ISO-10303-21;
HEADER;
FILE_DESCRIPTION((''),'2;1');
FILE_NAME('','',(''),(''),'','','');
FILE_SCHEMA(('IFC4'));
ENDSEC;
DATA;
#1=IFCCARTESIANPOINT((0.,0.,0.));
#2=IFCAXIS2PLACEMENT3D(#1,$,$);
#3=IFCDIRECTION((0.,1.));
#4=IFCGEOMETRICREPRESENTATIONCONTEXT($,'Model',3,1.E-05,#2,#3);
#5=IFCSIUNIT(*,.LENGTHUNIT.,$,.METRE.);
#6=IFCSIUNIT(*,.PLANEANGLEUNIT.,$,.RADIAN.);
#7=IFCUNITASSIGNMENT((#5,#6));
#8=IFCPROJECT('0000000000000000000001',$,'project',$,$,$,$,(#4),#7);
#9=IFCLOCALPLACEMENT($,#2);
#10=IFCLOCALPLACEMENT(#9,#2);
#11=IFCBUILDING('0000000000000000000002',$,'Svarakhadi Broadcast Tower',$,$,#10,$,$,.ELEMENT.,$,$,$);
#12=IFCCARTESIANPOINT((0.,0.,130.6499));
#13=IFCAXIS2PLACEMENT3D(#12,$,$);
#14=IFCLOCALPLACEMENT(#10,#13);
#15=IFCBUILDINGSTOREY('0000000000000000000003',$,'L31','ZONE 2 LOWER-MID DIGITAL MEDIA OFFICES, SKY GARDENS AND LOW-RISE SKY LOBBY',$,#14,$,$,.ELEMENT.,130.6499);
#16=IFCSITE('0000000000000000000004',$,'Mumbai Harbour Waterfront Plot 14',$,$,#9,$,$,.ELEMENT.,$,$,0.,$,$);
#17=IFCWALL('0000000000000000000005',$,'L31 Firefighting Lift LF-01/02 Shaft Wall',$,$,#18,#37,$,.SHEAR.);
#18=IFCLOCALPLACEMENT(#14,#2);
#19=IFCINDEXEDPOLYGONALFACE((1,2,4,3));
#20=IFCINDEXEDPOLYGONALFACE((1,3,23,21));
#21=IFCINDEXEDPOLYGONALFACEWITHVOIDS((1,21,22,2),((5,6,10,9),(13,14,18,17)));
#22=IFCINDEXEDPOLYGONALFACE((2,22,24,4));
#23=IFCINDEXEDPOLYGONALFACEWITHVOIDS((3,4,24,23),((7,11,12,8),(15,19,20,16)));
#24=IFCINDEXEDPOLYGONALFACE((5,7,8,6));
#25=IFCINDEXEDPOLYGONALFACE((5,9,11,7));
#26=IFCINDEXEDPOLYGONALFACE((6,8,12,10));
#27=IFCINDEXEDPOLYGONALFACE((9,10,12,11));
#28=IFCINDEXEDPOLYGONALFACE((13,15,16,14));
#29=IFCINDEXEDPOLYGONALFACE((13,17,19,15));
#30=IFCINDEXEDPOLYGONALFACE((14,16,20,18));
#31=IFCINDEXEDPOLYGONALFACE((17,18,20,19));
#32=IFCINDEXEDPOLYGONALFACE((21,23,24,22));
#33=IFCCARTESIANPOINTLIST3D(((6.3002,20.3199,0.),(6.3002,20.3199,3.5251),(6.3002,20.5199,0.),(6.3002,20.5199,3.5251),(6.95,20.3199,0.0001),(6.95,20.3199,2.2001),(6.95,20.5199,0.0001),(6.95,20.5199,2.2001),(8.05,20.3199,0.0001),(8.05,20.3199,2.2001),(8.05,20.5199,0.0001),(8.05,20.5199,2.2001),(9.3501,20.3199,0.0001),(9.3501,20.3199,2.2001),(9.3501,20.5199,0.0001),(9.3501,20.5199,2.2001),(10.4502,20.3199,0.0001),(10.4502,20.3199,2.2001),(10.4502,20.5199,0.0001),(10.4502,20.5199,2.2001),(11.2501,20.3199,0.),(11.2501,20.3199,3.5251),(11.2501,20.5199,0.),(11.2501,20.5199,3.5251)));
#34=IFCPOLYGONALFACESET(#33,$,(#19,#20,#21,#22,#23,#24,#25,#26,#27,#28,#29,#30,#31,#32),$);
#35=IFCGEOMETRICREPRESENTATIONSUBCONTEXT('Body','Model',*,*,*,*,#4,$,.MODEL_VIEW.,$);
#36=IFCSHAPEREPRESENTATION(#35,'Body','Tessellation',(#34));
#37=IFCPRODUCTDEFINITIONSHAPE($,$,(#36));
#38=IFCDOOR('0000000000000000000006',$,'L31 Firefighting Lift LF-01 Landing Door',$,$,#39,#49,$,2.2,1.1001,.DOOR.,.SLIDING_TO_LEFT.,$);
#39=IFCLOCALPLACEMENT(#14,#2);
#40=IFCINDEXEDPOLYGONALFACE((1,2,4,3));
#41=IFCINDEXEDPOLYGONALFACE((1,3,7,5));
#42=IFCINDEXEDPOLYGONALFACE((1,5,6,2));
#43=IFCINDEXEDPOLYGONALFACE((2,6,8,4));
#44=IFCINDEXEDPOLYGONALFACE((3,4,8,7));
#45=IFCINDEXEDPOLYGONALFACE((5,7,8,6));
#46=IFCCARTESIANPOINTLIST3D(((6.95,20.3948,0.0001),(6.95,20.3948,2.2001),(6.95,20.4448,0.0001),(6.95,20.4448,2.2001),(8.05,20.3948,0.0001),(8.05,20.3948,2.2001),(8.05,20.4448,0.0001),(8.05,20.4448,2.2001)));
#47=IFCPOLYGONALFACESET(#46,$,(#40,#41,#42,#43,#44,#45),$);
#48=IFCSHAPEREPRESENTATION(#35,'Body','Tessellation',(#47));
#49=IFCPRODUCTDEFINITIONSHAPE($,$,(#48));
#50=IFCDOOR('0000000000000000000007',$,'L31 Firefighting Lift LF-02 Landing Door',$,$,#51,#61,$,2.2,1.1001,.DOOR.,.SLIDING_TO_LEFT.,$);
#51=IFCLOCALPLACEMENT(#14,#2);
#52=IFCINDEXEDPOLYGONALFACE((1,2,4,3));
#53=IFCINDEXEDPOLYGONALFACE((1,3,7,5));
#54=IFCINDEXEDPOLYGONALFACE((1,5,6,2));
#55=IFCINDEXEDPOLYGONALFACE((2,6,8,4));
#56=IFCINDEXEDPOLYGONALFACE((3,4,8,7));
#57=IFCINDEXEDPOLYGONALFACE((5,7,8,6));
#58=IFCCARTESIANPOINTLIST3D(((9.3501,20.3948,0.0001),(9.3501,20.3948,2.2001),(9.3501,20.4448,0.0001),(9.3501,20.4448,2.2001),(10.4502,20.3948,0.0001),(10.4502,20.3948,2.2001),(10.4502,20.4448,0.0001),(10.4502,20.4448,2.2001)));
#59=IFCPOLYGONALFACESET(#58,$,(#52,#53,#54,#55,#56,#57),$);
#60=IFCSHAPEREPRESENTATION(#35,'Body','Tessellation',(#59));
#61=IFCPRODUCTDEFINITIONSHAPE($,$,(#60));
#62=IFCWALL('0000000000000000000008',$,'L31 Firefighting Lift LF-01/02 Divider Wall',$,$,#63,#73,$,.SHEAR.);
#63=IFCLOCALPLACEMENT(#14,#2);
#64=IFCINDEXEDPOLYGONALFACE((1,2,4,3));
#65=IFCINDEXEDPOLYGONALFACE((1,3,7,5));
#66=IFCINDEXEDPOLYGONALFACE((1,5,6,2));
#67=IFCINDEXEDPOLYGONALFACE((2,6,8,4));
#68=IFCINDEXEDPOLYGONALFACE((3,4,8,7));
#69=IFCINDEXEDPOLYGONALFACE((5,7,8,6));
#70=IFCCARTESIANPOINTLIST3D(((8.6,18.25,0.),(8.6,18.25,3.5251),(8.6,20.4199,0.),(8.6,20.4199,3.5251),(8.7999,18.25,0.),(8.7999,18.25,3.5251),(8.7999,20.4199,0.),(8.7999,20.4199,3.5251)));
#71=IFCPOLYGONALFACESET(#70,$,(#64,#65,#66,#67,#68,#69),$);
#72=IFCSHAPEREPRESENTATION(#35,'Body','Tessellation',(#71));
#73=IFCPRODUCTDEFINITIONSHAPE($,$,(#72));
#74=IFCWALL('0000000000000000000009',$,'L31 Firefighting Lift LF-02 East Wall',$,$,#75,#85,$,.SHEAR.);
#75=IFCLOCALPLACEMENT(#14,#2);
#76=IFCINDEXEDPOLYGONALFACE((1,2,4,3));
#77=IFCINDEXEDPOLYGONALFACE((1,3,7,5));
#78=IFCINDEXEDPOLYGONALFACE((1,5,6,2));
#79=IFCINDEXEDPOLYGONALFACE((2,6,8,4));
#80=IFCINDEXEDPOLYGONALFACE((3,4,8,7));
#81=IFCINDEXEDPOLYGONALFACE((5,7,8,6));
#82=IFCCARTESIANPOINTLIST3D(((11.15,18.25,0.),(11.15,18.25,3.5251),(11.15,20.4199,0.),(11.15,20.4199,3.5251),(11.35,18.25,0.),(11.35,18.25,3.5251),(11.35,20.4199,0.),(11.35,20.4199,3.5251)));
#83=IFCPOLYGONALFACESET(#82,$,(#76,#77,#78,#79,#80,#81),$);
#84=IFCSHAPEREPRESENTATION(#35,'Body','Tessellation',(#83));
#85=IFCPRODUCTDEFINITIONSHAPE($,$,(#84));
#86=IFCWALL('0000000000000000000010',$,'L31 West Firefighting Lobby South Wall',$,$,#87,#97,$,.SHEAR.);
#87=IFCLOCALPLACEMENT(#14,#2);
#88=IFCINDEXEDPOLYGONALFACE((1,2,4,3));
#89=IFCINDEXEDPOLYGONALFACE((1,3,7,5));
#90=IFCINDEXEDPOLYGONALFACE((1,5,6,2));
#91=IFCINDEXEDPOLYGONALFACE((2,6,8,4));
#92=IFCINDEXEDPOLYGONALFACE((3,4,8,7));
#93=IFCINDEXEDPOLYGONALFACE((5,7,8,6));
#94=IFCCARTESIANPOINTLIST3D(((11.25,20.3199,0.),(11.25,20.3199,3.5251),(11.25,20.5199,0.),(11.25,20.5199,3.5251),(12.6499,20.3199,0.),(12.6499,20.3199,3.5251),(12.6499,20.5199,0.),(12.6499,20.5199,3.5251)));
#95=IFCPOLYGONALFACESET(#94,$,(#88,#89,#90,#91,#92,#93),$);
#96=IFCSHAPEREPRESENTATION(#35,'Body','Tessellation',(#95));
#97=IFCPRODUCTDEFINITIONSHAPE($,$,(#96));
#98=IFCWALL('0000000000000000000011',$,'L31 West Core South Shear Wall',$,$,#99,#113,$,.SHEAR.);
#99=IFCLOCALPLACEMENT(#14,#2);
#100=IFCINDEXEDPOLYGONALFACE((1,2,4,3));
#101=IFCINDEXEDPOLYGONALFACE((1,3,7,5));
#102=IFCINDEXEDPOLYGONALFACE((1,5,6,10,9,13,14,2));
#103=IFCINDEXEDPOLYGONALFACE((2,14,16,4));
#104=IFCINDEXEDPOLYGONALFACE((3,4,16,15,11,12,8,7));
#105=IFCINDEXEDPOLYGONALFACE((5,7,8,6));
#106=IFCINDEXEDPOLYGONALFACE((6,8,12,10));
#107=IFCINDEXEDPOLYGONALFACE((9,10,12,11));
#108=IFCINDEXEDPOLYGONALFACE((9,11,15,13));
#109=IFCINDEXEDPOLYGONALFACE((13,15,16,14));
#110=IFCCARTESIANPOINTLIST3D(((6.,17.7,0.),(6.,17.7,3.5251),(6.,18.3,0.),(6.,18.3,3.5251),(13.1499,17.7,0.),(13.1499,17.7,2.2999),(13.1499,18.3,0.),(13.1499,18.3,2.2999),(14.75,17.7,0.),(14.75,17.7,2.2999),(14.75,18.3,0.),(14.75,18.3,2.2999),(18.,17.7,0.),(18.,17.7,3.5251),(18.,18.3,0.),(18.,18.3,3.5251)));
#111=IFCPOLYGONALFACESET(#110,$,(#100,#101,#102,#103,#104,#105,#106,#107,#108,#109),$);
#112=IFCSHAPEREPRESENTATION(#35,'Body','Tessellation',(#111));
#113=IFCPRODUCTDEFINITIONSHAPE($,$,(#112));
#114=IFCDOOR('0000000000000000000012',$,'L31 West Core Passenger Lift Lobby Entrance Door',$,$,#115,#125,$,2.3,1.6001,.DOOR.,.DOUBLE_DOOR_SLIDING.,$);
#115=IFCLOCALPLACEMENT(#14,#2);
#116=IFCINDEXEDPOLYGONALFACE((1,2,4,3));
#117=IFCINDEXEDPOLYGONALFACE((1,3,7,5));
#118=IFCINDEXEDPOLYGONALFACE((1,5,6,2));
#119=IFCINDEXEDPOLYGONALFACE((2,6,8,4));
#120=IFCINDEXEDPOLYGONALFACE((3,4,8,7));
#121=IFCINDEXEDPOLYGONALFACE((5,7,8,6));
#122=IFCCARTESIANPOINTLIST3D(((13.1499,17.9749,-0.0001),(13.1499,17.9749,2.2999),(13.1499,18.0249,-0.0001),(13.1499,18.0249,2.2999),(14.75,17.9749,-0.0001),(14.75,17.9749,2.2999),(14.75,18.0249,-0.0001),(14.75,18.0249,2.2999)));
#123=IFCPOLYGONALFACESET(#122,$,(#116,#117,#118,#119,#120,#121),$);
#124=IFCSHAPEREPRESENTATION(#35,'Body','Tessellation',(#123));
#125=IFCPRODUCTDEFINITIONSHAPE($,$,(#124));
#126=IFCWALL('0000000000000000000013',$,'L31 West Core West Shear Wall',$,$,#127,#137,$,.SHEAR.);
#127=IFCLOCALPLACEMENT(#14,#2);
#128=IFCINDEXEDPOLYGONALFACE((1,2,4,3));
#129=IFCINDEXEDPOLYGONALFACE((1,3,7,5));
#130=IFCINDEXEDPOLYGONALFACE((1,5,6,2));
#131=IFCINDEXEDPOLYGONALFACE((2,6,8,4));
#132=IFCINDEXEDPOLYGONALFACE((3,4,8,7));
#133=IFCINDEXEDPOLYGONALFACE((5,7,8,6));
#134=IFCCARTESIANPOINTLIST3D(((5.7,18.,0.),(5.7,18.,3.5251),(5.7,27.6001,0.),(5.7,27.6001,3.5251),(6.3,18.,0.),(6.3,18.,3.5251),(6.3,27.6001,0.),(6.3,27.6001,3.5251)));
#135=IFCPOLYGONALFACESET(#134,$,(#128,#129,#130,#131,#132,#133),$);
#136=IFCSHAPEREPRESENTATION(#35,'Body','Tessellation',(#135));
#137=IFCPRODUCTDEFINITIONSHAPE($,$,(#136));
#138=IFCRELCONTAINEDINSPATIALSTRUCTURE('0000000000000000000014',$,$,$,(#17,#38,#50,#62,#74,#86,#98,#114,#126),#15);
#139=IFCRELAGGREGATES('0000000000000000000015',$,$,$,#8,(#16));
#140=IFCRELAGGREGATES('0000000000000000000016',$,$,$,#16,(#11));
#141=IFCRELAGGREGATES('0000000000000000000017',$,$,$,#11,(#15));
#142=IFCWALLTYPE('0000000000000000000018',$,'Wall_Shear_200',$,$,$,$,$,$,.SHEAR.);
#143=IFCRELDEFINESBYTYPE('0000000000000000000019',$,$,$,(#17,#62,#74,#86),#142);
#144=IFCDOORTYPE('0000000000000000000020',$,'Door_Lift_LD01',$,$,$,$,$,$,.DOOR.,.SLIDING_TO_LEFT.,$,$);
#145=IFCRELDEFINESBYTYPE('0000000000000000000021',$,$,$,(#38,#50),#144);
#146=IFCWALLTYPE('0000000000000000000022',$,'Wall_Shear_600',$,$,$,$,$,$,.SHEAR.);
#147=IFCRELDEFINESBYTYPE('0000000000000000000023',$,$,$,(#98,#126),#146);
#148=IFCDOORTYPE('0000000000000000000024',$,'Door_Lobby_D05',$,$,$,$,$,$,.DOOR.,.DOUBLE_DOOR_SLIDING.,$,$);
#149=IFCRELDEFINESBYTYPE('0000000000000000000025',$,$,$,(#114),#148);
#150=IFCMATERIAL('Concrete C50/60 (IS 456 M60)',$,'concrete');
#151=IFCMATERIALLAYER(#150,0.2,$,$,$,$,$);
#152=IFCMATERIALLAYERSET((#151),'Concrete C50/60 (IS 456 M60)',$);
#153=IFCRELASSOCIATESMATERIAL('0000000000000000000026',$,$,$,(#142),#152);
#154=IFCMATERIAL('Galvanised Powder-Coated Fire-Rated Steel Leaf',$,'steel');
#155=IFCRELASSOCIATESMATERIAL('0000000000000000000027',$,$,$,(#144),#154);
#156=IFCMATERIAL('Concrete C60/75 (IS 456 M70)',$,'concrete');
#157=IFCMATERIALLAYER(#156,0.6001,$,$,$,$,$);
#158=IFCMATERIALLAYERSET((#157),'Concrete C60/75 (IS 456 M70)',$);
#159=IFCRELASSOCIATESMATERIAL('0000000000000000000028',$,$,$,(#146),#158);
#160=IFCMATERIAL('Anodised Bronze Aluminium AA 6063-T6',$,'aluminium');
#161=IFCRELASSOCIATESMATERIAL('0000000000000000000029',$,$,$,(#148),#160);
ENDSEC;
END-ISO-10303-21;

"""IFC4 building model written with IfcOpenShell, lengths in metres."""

from ifc_helpers import new_model, si_unit, direction, frame, frame_2d, origin, place, context, subcontext, project, spatial, rectangle, extrude, material, layer, layer_set, type_object, element, fill, save


model = new_model("IFC4")

# Units and contexts
model_context = context("Model", 3, precision=1e-05, world=origin(), true_north=direction((0.0, 1.0)))
body_context = subcontext(model_context, "Body", "Model", "MODEL_VIEW")
ifc_project = project(units=[si_unit("LENGTHUNIT", "METRE"), si_unit("PLANEANGLEUNIT", "RADIAN")], contexts=[model_context])

# Site, building, storey
site_placement = place(None, origin())
site = spatial("IfcSite", under=ifc_project, at=site_placement, Name="Mumbai Harbour Waterfront Plot 14", CompositionType="ELEMENT", RefElevation=0.0)
building_placement = place(site_placement, origin())
building = spatial("IfcBuilding", under=site, at=building_placement, Name="Svarakhadi Broadcast Tower", CompositionType="ELEMENT")
storey_placement = place(building_placement, frame((0.0, 0.0, 130.6499)))
storey = spatial("IfcBuildingStorey", under=building, at=storey_placement, Name="L31", Description="ZONE 2 LOWER-MID DIGITAL MEDIA OFFICES, SKY GARDENS AND LOW-RISE SKY LOBBY", CompositionType="ELEMENT", Elevation=130.6499)

# Shared definitions
ifc_material_1 = material(Name="Concrete C50/60 (IS 456 M60)", Category="concrete")

# Wall, openings, doors
ifc_layer_1 = layer(ifc_material_1, 0.2)
ifc_layer_set_1 = layer_set([ifc_layer_1], Name="Concrete C50/60 (IS 456 M60)")
wall_type_1 = type_object("IfcWallType", Name="Wall_Shear_200", PredefinedType="SHEAR", material=ifc_layer_set_1)
wall_1_placement = place(storey_placement, frame((6.3, 20.4199, 0.0), z_axis=(0.0, 0.0, 1.0), x_axis=(1.0, 0.0, 0.0)))
wall_1 = element("IfcWall", 1, at=wall_1_placement, inside=storey, type_object=wall_type_1, Name="L31 Firefighting Lift LF-01/02 Shaft Wall", PredefinedType="SHEAR", context=body_context, shape_type="SweptSolid", body=[
    extrude(rectangle(XDim=4.95, YDim=0.2, at=frame_2d((2.4751, 0.0))), origin(), (0.0, 0.0, 1.0), 3.5251),
])
opening_1_placement = place(wall_1_placement, frame((0.6499, 0.0, 0.0)))
opening_1 = element("IfcOpeningElement", 2, at=opening_1_placement, cuts=wall_1, PredefinedType="OPENING", context=body_context, shape_type="SweptSolid", body=[
    extrude(rectangle(XDim=1.1001, YDim=2.2, at=frame_2d((0.55, 1.1001))), frame((0.0, 0.1099, 0.0), z_axis=(0.0, -1.0, 0.0), x_axis=(1.0, 0.0, 0.0)), (0.0, 0.0, 1.0), 0.22),
])
opening_2_placement = place(wall_1_placement, frame((3.05, 0.0, 0.0)))
opening_2 = element("IfcOpeningElement", 3, at=opening_2_placement, cuts=wall_1, PredefinedType="OPENING", context=body_context, shape_type="SweptSolid", body=[
    extrude(rectangle(XDim=1.1001, YDim=2.2, at=frame_2d((0.55, 1.1001))), frame((0.0, 0.1099, 0.0), z_axis=(0.0, -1.0, 0.0), x_axis=(1.0, 0.0, 0.0)), (0.0, 0.0, 1.0), 0.22),
])
ifc_material_2 = material(Name="Galvanised Powder-Coated Fire-Rated Steel Leaf", Category="steel")
door_type_1 = type_object("IfcDoorType", Name="Door_Lift_LD01", OperationType="SLIDING_TO_LEFT", PredefinedType="DOOR", material=ifc_material_2)
door_1_placement = place(opening_1_placement, origin())
door_1 = element("IfcDoor", 4, at=door_1_placement, inside=storey, type_object=door_type_1, Name="L31 Firefighting Lift LF-01 Landing Door", OperationType="SLIDING_TO_LEFT", OverallHeight=2.2, OverallWidth=1.1001, PredefinedType="DOOR", context=body_context, shape_type="SweptSolid", body=[
    extrude(rectangle(XDim=1.1001, YDim=2.2, at=frame_2d((0.55, 1.1001))), frame((0.0, 0.0249, 0.0), z_axis=(0.0, -1.0, 0.0), x_axis=(1.0, 0.0, 0.0)), (0.0, 0.0, 1.0), 0.05),
])
fill(opening_1, door_1)
door_2_placement = place(opening_2_placement, origin())
door_2 = element("IfcDoor", 5, at=door_2_placement, inside=storey, type_object=door_type_1, Name="L31 Firefighting Lift LF-02 Landing Door", OperationType="SLIDING_TO_LEFT", OverallHeight=2.2, OverallWidth=1.1001, PredefinedType="DOOR", context=body_context, shape_type="SweptSolid", body=[
    extrude(rectangle(XDim=1.1001, YDim=2.2, at=frame_2d((0.55, 1.1001))), frame((0.0, 0.0249, 0.0), z_axis=(0.0, -1.0, 0.0), x_axis=(1.0, 0.0, 0.0)), (0.0, 0.0, 1.0), 0.05),
])
fill(opening_2, door_2)

# Walls
for number, where, z_axis, x_axis, name in (
    (6, (8.7, 18.25, 0.0), (0.0, 0.0, 1.0), (0.0, 1.0, 0.0), "L31 Firefighting Lift LF-01/02 Divider Wall"),
    (7, (11.25, 18.25, 0.0), (0.0, 0.0, 1.0), (0.0, 1.0, 0.0), "L31 Firefighting Lift LF-02 East Wall"),
):
    element("IfcWall", number, at=place(storey_placement, frame(where, z_axis=z_axis, x_axis=x_axis)), inside=storey, type_object=wall_type_1, Name=name, PredefinedType="SHEAR", context=body_context, shape_type="SweptSolid", body=[
        extrude(rectangle(XDim=2.1699, YDim=0.2, at=frame_2d((1.085, 0.0))), origin(), (0.0, 0.0, 1.0), 3.5251),
    ])
wall_2_placement = place(storey_placement, frame((11.25, 20.4199, 0.0), z_axis=(0.0, 0.0, 1.0), x_axis=(1.0, 0.0, 0.0)))
element("IfcWall", 8, at=wall_2_placement, inside=storey, type_object=wall_type_1, Name="L31 West Firefighting Lobby South Wall", PredefinedType="SHEAR", context=body_context, shape_type="SweptSolid", body=[
    extrude(rectangle(XDim=1.3999, YDim=0.2, at=frame_2d((0.7, 0.0))), origin(), (0.0, 0.0, 1.0), 3.5251),
])

# Wall, opening, door
ifc_material_3 = material(Name="Concrete C60/75 (IS 456 M70)", Category="concrete")
ifc_layer_2 = layer(ifc_material_3, 0.6001)
ifc_layer_set_2 = layer_set([ifc_layer_2], Name="Concrete C60/75 (IS 456 M70)")
wall_type_2 = type_object("IfcWallType", Name="Wall_Shear_600", PredefinedType="SHEAR", material=ifc_layer_set_2)
wall_3_placement = place(storey_placement, frame((6.0, 18.0, 0.0), z_axis=(0.0, 0.0, 1.0), x_axis=(1.0, 0.0, 0.0)))
wall_3 = element("IfcWall", 9, at=wall_3_placement, inside=storey, type_object=wall_type_2, Name="L31 West Core South Shear Wall", PredefinedType="SHEAR", context=body_context, shape_type="SweptSolid", body=[
    extrude(rectangle(XDim=12.0, YDim=0.6001, at=frame_2d((6.0, 0.0))), origin(), (0.0, 0.0, 1.0), 3.5251),
])
opening_3_placement = place(wall_3_placement, frame((7.1499, 0.0, 0.0)))
opening_3 = element("IfcOpeningElement", 10, at=opening_3_placement, cuts=wall_3, PredefinedType="OPENING", context=body_context, shape_type="SweptSolid", body=[
    extrude(rectangle(XDim=1.6001, YDim=2.3, at=frame_2d((0.8, 1.1499))), frame((0.0, 0.3101, 0.0), z_axis=(0.0, -1.0, 0.0), x_axis=(1.0, 0.0, 0.0)), (0.0, 0.0, 1.0), 0.6201),
])
ifc_material_4 = material(Name="Anodised Bronze Aluminium AA 6063-T6", Category="aluminium")
door_type_2 = type_object("IfcDoorType", Name="Door_Lobby_D05", OperationType="DOUBLE_DOOR_SLIDING", PredefinedType="DOOR", material=ifc_material_4)
door_3_placement = place(opening_3_placement, origin())
door_3 = element("IfcDoor", 11, at=door_3_placement, inside=storey, type_object=door_type_2, Name="L31 West Core Passenger Lift Lobby Entrance Door", OperationType="DOUBLE_DOOR_SLIDING", OverallHeight=2.3, OverallWidth=1.6001, PredefinedType="DOOR", context=body_context, shape_type="SweptSolid", body=[
    extrude(rectangle(XDim=1.6001, YDim=2.3, at=frame_2d((0.8, 1.1499))), frame((0.0, 0.0249, 0.0), z_axis=(0.0, -1.0, 0.0), x_axis=(1.0, 0.0, 0.0)), (0.0, 0.0, 1.0), 0.05),
])
fill(opening_3, door_3)

# Wall
wall_4_placement = place(storey_placement, frame((6.0, 18.0, 0.0), z_axis=(0.0, 0.0, 1.0), x_axis=(0.0, 1.0, 0.0)))
element("IfcWall", 12, at=wall_4_placement, inside=storey, type_object=wall_type_2, Name="L31 West Core West Shear Wall", PredefinedType="SHEAR", context=body_context, shape_type="SweptSolid", body=[
    extrude(rectangle(XDim=9.6001, YDim=0.6001, at=frame_2d((4.8, 0.0))), origin(), (0.0, 0.0, 1.0), 3.5251),
])

save(model, "model.ifc")
